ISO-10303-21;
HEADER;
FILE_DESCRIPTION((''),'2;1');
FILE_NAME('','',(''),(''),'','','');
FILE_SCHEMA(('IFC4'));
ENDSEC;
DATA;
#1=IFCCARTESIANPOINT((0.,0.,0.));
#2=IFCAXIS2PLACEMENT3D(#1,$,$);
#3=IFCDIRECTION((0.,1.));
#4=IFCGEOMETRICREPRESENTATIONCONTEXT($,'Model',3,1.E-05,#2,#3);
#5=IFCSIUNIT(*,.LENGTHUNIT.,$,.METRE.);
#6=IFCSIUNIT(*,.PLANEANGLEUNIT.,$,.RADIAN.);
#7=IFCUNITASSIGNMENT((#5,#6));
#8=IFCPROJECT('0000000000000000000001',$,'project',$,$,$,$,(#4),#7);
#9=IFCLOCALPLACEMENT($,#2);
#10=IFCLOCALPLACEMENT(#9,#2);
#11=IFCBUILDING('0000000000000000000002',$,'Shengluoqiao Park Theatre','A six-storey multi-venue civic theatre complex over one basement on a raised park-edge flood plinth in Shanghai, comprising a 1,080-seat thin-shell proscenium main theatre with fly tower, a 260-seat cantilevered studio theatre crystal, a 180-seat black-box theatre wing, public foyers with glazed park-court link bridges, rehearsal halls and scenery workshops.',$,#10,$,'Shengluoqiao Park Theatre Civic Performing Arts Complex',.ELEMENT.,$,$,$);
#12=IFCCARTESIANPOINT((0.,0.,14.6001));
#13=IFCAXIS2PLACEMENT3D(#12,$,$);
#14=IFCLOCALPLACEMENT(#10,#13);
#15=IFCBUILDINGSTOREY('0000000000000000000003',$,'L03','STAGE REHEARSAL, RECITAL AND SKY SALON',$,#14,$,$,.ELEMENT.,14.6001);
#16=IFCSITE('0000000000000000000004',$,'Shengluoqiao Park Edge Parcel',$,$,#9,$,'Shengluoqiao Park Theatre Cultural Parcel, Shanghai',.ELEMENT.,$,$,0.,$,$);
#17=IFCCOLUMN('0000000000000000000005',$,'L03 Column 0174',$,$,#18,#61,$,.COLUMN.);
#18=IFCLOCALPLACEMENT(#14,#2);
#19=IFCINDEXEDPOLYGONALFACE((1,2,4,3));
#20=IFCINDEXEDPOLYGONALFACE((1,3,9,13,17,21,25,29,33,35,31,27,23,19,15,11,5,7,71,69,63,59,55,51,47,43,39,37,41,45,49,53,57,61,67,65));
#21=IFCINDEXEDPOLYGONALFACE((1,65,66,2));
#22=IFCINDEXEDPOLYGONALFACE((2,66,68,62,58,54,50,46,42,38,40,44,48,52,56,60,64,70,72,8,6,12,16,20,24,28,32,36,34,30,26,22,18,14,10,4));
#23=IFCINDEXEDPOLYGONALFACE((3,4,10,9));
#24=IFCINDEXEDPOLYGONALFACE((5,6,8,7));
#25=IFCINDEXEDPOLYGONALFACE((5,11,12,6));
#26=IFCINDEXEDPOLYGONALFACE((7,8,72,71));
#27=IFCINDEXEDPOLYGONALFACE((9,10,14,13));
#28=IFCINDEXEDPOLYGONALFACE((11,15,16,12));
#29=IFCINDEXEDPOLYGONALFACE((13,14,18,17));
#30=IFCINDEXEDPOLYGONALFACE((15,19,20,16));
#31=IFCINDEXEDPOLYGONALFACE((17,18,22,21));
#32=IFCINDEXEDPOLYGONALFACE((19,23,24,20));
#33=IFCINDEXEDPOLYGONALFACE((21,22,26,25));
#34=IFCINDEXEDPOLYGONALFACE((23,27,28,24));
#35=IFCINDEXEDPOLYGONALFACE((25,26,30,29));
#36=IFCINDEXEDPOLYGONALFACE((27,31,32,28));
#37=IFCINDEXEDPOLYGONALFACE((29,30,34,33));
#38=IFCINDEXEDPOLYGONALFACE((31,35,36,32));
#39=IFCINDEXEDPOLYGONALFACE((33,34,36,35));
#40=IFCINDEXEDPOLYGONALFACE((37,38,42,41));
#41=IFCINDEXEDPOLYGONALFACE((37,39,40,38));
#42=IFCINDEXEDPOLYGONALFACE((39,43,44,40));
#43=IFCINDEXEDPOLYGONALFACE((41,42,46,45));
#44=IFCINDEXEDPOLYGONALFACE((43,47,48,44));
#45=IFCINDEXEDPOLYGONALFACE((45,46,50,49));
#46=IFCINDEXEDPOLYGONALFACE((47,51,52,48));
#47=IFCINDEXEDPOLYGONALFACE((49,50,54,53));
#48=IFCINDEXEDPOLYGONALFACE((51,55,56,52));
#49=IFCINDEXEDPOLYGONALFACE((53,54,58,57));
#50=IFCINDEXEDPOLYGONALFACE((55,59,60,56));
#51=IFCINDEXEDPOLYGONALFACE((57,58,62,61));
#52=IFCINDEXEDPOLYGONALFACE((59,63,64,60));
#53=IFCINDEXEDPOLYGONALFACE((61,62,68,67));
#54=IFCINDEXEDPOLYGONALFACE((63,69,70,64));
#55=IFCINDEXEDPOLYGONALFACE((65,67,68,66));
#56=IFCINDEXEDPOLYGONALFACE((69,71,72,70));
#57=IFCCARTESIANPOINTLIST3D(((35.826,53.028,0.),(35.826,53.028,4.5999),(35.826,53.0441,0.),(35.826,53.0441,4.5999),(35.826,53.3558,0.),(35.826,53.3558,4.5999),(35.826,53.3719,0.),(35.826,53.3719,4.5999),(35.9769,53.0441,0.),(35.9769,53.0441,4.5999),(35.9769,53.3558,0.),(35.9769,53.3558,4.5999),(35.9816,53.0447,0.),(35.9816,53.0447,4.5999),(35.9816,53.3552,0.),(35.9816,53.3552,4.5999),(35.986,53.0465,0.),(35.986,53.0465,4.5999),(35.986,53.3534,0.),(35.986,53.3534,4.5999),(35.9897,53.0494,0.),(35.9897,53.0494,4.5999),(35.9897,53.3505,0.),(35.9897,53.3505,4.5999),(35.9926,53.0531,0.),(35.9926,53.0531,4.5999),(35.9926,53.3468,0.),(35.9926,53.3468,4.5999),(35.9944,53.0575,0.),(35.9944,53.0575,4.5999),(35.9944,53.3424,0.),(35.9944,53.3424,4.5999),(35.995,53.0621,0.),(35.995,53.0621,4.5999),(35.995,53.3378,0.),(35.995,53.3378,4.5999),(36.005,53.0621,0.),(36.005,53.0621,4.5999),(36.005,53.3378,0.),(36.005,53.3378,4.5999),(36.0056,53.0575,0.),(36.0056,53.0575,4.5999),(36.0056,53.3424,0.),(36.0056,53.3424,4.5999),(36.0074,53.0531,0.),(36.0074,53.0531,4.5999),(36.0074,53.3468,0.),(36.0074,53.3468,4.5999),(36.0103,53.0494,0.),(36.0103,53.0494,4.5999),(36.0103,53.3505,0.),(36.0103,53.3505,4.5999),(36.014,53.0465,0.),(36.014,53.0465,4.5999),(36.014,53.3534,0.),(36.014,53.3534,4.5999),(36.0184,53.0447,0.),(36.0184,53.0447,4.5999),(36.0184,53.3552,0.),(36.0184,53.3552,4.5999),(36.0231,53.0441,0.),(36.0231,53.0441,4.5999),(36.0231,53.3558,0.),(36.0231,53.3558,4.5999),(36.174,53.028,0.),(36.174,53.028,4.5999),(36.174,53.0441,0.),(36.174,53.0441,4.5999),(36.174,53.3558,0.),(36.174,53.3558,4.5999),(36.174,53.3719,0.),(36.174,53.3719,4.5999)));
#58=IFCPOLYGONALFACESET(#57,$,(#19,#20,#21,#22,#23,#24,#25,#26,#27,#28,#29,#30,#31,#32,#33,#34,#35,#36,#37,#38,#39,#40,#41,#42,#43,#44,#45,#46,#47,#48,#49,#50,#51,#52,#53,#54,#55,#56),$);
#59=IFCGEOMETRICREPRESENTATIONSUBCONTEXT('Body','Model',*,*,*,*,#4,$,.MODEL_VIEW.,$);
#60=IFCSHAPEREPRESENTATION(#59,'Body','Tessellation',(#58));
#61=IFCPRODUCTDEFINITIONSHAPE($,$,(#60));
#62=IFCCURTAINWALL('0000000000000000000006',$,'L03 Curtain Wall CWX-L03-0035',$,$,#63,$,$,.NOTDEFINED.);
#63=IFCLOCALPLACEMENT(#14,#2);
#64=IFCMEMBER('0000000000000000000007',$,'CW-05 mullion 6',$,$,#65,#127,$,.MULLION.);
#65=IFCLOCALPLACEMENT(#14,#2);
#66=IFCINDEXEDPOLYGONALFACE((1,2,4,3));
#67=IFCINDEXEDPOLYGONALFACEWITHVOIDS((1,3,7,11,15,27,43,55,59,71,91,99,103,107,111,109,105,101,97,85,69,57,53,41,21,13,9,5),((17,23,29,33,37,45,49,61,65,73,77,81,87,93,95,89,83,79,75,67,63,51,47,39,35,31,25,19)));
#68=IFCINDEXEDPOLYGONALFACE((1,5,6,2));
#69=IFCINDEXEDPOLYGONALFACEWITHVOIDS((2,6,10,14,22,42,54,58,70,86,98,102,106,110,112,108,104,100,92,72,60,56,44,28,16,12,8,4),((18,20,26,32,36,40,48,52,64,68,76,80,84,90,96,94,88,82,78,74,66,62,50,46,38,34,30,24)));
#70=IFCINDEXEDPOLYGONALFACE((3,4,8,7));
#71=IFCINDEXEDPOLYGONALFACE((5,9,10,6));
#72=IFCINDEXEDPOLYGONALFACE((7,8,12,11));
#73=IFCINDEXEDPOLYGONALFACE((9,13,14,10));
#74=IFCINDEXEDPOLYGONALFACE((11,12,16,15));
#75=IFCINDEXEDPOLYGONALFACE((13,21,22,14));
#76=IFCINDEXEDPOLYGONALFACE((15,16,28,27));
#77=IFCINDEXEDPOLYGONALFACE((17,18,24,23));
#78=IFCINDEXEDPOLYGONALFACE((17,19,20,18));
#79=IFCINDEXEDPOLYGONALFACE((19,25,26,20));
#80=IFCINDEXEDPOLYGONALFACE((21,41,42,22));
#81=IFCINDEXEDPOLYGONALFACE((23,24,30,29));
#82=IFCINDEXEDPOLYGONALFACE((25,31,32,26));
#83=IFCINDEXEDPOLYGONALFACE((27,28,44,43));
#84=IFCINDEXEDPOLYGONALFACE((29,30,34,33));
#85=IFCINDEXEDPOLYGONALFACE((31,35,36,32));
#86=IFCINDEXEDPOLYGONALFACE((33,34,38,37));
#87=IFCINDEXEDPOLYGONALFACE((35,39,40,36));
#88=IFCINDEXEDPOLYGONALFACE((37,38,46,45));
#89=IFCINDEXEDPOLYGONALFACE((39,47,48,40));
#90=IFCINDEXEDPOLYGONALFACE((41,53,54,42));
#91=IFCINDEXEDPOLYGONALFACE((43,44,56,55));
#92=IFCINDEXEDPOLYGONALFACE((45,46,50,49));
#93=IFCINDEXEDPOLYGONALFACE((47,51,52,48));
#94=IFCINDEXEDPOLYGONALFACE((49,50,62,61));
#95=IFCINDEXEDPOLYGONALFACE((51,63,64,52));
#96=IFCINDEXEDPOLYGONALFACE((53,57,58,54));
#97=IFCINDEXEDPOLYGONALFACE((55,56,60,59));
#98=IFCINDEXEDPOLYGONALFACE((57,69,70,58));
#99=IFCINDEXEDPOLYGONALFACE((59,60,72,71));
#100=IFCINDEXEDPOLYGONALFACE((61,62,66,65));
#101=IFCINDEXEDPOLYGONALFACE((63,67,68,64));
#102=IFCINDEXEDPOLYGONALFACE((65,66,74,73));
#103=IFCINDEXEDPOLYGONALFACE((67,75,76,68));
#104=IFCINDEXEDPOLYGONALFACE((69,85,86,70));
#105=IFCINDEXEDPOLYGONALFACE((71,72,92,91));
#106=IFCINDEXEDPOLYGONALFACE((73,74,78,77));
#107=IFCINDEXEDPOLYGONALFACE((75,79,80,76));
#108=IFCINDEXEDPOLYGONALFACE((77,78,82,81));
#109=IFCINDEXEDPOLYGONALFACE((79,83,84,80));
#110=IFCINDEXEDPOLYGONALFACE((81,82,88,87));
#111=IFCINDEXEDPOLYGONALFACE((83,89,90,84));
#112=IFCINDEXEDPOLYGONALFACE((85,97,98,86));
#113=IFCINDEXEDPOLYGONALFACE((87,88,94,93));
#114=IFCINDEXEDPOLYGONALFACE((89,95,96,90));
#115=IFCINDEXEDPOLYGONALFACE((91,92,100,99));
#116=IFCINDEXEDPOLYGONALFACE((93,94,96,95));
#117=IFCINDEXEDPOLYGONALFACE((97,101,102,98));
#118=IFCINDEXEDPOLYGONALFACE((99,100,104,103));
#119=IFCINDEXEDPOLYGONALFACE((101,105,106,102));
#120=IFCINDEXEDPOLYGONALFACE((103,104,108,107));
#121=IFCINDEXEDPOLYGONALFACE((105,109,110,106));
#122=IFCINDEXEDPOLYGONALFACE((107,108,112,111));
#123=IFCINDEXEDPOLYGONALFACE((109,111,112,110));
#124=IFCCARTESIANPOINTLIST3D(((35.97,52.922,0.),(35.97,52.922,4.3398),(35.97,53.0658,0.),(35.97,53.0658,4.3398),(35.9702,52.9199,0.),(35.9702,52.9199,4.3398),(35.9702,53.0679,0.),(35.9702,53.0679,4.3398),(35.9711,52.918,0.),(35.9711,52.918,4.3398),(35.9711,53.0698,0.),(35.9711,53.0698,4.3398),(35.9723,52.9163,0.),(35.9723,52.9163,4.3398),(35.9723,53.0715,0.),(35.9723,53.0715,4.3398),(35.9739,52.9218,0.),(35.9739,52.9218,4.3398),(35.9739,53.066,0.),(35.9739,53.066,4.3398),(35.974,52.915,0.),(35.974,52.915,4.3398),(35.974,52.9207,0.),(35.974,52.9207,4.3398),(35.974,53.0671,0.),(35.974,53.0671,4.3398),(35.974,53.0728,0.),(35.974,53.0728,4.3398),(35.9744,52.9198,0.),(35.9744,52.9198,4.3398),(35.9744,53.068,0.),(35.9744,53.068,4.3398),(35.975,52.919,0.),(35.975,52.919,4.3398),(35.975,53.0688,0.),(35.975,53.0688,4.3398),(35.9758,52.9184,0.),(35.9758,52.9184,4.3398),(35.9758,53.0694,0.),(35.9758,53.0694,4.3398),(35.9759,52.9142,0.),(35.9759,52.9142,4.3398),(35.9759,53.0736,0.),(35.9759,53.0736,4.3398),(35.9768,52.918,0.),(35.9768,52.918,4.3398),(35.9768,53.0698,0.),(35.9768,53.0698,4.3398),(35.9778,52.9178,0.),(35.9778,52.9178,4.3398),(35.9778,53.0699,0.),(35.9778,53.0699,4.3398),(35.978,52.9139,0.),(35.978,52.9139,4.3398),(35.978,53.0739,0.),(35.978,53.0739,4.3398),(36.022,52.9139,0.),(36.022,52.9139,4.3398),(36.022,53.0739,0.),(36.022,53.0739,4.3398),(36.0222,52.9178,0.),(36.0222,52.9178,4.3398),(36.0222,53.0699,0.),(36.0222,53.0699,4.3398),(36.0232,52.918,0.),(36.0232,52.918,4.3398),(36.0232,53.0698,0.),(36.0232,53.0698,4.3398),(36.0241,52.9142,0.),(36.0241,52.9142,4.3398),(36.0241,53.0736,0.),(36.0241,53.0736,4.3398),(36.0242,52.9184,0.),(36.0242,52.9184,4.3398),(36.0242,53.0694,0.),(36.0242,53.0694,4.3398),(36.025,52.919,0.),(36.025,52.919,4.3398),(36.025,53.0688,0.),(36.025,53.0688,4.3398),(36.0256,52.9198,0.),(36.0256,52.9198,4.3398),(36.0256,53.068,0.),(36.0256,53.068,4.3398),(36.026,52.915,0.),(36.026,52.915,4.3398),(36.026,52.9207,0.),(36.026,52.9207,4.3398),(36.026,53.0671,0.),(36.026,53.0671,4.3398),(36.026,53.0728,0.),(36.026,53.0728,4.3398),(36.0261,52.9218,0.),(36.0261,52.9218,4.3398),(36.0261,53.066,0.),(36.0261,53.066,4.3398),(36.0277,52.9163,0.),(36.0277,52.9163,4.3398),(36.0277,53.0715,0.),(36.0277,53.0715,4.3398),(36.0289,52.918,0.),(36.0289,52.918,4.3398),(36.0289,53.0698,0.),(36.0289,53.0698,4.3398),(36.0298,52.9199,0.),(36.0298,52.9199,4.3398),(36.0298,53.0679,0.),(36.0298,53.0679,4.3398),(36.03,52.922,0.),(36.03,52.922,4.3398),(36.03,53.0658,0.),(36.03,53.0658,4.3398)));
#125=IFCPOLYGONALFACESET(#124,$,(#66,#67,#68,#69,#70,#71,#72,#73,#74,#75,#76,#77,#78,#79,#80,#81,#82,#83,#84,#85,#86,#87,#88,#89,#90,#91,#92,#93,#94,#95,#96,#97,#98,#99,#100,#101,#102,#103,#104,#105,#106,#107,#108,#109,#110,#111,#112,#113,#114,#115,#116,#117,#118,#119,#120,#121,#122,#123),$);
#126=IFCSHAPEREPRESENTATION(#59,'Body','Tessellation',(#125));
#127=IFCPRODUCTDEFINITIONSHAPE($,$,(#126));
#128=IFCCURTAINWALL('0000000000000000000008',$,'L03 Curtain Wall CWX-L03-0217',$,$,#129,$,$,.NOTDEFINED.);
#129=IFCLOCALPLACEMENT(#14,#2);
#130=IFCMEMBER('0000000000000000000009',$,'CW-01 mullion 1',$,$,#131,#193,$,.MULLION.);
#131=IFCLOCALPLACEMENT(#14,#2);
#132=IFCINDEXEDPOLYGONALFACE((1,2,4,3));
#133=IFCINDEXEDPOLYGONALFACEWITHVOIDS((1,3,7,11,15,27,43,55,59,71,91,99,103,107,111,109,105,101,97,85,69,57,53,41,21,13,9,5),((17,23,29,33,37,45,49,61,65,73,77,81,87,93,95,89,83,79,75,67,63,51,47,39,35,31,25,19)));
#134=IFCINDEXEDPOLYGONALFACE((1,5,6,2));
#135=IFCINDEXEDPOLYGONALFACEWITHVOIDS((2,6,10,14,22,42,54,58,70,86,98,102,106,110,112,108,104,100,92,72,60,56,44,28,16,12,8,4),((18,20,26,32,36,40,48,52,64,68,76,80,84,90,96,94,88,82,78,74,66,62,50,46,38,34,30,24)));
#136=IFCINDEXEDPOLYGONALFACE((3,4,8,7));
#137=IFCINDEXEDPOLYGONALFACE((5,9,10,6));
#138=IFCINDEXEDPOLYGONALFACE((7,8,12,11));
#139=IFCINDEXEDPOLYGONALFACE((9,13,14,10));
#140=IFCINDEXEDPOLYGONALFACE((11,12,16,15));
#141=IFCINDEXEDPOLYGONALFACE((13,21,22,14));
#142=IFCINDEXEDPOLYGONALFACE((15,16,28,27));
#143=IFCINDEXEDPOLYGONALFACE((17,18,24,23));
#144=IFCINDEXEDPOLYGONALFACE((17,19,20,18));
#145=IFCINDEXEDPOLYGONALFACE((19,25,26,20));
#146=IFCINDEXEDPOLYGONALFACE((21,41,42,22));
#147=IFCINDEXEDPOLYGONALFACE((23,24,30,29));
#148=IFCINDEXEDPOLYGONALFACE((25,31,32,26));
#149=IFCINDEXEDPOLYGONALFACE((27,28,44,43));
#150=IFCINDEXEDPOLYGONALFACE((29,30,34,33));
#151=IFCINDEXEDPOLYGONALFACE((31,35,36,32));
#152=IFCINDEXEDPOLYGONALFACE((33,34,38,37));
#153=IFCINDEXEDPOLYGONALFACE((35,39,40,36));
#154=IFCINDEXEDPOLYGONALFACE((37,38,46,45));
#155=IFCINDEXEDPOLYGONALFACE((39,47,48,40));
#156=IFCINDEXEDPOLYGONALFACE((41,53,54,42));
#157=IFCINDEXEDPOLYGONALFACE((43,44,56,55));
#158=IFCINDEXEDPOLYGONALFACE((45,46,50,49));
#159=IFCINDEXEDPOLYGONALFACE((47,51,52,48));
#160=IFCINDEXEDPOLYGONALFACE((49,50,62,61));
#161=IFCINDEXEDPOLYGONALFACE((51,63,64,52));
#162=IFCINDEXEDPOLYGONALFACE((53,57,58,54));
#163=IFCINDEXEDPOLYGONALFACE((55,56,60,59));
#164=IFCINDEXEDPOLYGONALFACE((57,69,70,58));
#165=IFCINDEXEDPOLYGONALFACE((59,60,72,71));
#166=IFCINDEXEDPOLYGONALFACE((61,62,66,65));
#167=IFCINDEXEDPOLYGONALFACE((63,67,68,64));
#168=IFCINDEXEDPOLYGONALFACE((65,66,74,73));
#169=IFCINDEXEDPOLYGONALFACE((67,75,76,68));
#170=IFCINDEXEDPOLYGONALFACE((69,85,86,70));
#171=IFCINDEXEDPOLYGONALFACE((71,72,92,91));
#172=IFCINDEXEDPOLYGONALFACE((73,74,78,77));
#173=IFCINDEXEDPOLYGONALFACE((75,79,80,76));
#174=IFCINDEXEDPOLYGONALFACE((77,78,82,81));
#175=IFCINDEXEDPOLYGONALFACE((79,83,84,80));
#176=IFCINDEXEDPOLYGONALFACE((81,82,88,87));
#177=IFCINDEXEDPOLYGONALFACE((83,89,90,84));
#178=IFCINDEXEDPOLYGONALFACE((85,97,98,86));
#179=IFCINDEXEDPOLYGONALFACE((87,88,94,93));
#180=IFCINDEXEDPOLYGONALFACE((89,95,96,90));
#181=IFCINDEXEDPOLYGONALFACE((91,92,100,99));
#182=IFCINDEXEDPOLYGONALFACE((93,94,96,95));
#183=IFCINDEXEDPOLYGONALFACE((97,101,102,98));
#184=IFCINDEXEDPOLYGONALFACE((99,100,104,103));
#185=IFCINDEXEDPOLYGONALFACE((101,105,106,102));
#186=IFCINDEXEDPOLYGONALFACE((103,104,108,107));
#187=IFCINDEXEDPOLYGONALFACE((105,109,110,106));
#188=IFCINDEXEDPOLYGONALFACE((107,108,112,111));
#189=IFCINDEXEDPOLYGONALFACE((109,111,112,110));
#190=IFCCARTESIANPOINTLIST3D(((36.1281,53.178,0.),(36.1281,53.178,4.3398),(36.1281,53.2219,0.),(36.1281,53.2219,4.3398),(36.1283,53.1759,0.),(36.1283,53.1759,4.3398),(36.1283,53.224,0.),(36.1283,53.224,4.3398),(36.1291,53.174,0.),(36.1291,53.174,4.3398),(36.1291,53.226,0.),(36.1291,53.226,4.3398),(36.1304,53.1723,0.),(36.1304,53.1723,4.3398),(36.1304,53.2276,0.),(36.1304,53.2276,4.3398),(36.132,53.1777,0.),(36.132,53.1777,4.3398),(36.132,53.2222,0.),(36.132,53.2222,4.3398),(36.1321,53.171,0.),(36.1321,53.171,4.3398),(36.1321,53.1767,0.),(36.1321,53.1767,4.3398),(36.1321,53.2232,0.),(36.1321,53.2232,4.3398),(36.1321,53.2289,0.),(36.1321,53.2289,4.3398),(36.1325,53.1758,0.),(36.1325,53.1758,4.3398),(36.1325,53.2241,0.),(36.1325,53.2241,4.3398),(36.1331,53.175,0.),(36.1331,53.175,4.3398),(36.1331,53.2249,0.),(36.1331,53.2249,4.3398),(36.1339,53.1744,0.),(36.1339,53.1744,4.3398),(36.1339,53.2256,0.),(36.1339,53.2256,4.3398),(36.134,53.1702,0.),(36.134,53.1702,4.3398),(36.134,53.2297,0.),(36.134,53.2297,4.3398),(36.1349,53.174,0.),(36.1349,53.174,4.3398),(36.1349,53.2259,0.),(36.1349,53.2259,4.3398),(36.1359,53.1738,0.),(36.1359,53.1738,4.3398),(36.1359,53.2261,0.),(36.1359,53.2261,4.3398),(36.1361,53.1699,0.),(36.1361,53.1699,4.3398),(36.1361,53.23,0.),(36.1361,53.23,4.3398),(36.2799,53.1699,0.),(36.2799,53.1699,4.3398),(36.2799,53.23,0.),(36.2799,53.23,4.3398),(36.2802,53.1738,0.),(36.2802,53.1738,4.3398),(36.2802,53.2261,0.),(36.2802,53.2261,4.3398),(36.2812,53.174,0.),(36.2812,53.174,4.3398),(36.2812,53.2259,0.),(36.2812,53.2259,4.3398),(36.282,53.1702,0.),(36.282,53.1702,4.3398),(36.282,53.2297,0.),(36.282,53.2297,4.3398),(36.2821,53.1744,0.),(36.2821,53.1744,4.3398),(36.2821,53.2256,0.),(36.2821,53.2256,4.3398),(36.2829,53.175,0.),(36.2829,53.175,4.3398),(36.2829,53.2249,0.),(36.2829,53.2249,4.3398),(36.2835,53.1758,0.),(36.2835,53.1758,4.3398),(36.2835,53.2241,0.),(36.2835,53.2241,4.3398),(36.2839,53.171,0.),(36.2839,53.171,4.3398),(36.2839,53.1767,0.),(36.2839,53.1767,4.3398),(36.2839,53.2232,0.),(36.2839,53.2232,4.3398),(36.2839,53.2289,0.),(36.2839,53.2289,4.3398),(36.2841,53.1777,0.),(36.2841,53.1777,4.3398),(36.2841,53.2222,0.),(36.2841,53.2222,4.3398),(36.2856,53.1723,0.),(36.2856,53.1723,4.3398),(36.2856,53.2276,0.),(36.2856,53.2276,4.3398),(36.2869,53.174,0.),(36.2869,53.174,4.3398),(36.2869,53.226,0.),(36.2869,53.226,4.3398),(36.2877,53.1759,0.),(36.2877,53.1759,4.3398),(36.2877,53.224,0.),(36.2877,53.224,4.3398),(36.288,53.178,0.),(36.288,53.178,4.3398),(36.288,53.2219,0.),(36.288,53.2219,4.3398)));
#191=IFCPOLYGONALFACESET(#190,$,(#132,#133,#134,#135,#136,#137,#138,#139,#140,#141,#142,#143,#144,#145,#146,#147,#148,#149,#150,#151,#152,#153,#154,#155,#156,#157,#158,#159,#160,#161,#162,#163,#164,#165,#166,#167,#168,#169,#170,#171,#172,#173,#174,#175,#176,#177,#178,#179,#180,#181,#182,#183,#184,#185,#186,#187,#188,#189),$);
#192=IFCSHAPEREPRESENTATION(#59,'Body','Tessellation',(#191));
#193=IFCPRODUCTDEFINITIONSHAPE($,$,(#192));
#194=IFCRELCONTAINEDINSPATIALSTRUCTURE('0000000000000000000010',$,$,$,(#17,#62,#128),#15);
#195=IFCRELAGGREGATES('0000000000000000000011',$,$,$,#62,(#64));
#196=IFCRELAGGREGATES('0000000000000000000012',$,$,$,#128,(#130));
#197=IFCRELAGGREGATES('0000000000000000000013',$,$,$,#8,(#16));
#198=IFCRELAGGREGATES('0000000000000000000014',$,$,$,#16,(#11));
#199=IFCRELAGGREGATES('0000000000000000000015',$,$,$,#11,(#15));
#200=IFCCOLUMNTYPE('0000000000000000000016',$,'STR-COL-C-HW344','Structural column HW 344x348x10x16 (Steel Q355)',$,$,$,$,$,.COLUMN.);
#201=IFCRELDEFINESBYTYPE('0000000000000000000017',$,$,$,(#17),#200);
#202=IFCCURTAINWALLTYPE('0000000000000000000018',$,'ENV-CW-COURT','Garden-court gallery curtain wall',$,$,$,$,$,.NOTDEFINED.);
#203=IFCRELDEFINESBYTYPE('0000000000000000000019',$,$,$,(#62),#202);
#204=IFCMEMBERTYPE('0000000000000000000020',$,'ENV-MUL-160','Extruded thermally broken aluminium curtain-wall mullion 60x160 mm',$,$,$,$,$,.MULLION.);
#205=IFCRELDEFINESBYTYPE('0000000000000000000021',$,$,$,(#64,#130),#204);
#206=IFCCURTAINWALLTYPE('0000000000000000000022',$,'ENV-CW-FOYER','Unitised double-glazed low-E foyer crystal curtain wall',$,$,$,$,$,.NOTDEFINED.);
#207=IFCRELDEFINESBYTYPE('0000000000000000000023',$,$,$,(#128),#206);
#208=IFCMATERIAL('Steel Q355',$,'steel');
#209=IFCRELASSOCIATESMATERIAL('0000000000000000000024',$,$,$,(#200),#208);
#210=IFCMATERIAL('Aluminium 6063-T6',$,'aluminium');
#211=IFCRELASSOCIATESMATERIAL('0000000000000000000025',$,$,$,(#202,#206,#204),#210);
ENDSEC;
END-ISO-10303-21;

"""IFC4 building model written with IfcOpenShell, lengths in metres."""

from ifc_helpers import new_model, si_unit, direction, frame, origin, origin_2d, place, context, subcontext, project, spatial, hollow_rectangle, i_section, extrude, material, material_profile, profile_set, type_object, element, aggregate, save


model = new_model("IFC4")

# Units and contexts
model_context = context("Model", 3, precision=1e-05, world=origin(), true_north=direction((0.0, 1.0)))
body_context = subcontext(model_context, "Body", "Model", "MODEL_VIEW")
ifc_project = project(units=[si_unit("LENGTHUNIT", "METRE"), si_unit("PLANEANGLEUNIT", "RADIAN")], contexts=[model_context])

# Site, building, storey
site_placement = place(None, origin())
site = spatial("IfcSite", under=ifc_project, at=site_placement, Name="Shengluoqiao Park Edge Parcel", LongName="Shengluoqiao Park Theatre Cultural Parcel, Shanghai", CompositionType="ELEMENT", RefElevation=0.0)
building_placement = place(site_placement, origin())
building = spatial("IfcBuilding", under=site, at=building_placement, Name="Shengluoqiao Park Theatre", Description="A six-storey multi-venue civic theatre complex over one basement on a raised park-edge flood plinth in Shanghai, comprising a 1,080-seat thin-shell proscenium main theatre with fly tower, a 260-seat cantilevered studio theatre crystal, a 180-seat black-box theatre wing, public foyers with glazed park-court link bridges, rehearsal halls and scenery workshops.", LongName="Shengluoqiao Park Theatre Civic Performing Arts Complex", CompositionType="ELEMENT")
storey_placement = place(building_placement, frame((0.0, 0.0, 14.6001)))
storey = spatial("IfcBuildingStorey", under=building, at=storey_placement, Name="L03", Description="STAGE REHEARSAL, RECITAL AND SKY SALON", CompositionType="ELEMENT", Elevation=14.6001)

# Column
ifc_material_1 = material(Name="Steel Q355", Category="steel")
ifc_material_profile_1 = material_profile(ifc_material_1, i_section(OverallWidth=0.3479, OverallDepth=0.344, WebThickness=0.01, FlangeThickness=0.0161, FilletRadius=0.0181, at=origin_2d()), Name="HW 344x348x10x16")
ifc_profile_set_1 = profile_set([ifc_material_profile_1], Name="Steel Q355")
column_type = type_object("IfcColumnType", Name="STR-COL-C-HW344", Description="Structural column HW 344x348x10x16 (Steel Q355)", PredefinedType="COLUMN", material=ifc_profile_set_1)
column_placement = place(storey_placement, frame((36.0, 53.2, 0.0), z_axis=(0.0, 0.0, 1.0), x_axis=(1.0, 0.0, 0.0)))
element("IfcColumn", 1, at=column_placement, inside=storey, type_object=column_type, Name="L03 Column 0174", PredefinedType="COLUMN", context=body_context, shape_type="SweptSolid", body=[
    extrude(i_section(OverallWidth=0.3479, OverallDepth=0.344, WebThickness=0.01, FlangeThickness=0.0161, FilletRadius=0.0181, at=origin_2d()), origin(), (0.0, 0.0, 1.0), 4.5999),
])

# Curtain wall, member
ifc_material_2 = material(Name="Aluminium 6063-T6", Category="aluminium")
curtain_wall_type_1 = type_object("IfcCurtainWallType", Name="ENV-CW-COURT", Description="Garden-court gallery curtain wall", PredefinedType="NOTDEFINED", material=ifc_material_2)
curtain_wall_1_placement = place(storey_placement, origin())
curtain_wall_1 = element("IfcCurtainWall", 2, at=curtain_wall_1_placement, inside=storey, type_object=curtain_wall_type_1, Name="L03 Curtain Wall CWX-L03-0035", PredefinedType="NOTDEFINED")
ifc_material_profile_2 = material_profile(ifc_material_2, hollow_rectangle(XDim=0.0601, YDim=0.1599, WallThickness=0.0039, InnerFilletRadius=0.0039, OuterFilletRadius=0.0081, at=origin_2d()), Name="ALU MULLION 160x60x4")
ifc_profile_set_2 = profile_set([ifc_material_profile_2], Name="Aluminium 6063-T6")
member_type_1 = type_object("IfcMemberType", Name="ENV-MUL-160", Description="Extruded thermally broken aluminium curtain-wall mullion 60x160 mm", PredefinedType="MULLION", material=ifc_profile_set_2)
member_1_placement = place(storey_placement, frame((36.0, 52.9939, 0.0), z_axis=(0.0, 0.0, 1.0), x_axis=(-1.0, 0.0, 0.0)))
member_1 = element("IfcMember", 3, at=member_1_placement, type_object=member_type_1, Name="CW-05 mullion 6", PredefinedType="MULLION", context=body_context, shape_type="SweptSolid", body=[
    extrude(hollow_rectangle(XDim=0.0601, YDim=0.1599, WallThickness=0.0039, InnerFilletRadius=0.0039, OuterFilletRadius=0.0081, at=origin_2d()), origin(), (0.0, 0.0, 1.0), 4.3398),
])

# Curtain wall, member
curtain_wall_type_2 = type_object("IfcCurtainWallType", Name="ENV-CW-FOYER", Description="Unitised double-glazed low-E foyer crystal curtain wall", PredefinedType="NOTDEFINED", material=ifc_material_2)
curtain_wall_2_placement = place(storey_placement, origin())
curtain_wall_2 = element("IfcCurtainWall", 4, at=curtain_wall_2_placement, inside=storey, type_object=curtain_wall_type_2, Name="L03 Curtain Wall CWX-L03-0217", PredefinedType="NOTDEFINED")
member_2_placement = place(storey_placement, frame((36.208, 53.2, 0.0), z_axis=(0.0, 0.0, 1.0), x_axis=(0.0, 1.0, 0.0)))
member_2 = element("IfcMember", 5, at=member_2_placement, type_object=member_type_1, Name="CW-01 mullion 1", PredefinedType="MULLION", context=body_context, shape_type="SweptSolid", body=[
    extrude(hollow_rectangle(XDim=0.0601, YDim=0.1599, WallThickness=0.0039, InnerFilletRadius=0.0039, OuterFilletRadius=0.0081, at=origin_2d()), origin(), (0.0, 0.0, 1.0), 4.3398),
])

aggregate(curtain_wall_1, [member_1])
aggregate(curtain_wall_2, [member_2])

save(model, "model.ifc")
